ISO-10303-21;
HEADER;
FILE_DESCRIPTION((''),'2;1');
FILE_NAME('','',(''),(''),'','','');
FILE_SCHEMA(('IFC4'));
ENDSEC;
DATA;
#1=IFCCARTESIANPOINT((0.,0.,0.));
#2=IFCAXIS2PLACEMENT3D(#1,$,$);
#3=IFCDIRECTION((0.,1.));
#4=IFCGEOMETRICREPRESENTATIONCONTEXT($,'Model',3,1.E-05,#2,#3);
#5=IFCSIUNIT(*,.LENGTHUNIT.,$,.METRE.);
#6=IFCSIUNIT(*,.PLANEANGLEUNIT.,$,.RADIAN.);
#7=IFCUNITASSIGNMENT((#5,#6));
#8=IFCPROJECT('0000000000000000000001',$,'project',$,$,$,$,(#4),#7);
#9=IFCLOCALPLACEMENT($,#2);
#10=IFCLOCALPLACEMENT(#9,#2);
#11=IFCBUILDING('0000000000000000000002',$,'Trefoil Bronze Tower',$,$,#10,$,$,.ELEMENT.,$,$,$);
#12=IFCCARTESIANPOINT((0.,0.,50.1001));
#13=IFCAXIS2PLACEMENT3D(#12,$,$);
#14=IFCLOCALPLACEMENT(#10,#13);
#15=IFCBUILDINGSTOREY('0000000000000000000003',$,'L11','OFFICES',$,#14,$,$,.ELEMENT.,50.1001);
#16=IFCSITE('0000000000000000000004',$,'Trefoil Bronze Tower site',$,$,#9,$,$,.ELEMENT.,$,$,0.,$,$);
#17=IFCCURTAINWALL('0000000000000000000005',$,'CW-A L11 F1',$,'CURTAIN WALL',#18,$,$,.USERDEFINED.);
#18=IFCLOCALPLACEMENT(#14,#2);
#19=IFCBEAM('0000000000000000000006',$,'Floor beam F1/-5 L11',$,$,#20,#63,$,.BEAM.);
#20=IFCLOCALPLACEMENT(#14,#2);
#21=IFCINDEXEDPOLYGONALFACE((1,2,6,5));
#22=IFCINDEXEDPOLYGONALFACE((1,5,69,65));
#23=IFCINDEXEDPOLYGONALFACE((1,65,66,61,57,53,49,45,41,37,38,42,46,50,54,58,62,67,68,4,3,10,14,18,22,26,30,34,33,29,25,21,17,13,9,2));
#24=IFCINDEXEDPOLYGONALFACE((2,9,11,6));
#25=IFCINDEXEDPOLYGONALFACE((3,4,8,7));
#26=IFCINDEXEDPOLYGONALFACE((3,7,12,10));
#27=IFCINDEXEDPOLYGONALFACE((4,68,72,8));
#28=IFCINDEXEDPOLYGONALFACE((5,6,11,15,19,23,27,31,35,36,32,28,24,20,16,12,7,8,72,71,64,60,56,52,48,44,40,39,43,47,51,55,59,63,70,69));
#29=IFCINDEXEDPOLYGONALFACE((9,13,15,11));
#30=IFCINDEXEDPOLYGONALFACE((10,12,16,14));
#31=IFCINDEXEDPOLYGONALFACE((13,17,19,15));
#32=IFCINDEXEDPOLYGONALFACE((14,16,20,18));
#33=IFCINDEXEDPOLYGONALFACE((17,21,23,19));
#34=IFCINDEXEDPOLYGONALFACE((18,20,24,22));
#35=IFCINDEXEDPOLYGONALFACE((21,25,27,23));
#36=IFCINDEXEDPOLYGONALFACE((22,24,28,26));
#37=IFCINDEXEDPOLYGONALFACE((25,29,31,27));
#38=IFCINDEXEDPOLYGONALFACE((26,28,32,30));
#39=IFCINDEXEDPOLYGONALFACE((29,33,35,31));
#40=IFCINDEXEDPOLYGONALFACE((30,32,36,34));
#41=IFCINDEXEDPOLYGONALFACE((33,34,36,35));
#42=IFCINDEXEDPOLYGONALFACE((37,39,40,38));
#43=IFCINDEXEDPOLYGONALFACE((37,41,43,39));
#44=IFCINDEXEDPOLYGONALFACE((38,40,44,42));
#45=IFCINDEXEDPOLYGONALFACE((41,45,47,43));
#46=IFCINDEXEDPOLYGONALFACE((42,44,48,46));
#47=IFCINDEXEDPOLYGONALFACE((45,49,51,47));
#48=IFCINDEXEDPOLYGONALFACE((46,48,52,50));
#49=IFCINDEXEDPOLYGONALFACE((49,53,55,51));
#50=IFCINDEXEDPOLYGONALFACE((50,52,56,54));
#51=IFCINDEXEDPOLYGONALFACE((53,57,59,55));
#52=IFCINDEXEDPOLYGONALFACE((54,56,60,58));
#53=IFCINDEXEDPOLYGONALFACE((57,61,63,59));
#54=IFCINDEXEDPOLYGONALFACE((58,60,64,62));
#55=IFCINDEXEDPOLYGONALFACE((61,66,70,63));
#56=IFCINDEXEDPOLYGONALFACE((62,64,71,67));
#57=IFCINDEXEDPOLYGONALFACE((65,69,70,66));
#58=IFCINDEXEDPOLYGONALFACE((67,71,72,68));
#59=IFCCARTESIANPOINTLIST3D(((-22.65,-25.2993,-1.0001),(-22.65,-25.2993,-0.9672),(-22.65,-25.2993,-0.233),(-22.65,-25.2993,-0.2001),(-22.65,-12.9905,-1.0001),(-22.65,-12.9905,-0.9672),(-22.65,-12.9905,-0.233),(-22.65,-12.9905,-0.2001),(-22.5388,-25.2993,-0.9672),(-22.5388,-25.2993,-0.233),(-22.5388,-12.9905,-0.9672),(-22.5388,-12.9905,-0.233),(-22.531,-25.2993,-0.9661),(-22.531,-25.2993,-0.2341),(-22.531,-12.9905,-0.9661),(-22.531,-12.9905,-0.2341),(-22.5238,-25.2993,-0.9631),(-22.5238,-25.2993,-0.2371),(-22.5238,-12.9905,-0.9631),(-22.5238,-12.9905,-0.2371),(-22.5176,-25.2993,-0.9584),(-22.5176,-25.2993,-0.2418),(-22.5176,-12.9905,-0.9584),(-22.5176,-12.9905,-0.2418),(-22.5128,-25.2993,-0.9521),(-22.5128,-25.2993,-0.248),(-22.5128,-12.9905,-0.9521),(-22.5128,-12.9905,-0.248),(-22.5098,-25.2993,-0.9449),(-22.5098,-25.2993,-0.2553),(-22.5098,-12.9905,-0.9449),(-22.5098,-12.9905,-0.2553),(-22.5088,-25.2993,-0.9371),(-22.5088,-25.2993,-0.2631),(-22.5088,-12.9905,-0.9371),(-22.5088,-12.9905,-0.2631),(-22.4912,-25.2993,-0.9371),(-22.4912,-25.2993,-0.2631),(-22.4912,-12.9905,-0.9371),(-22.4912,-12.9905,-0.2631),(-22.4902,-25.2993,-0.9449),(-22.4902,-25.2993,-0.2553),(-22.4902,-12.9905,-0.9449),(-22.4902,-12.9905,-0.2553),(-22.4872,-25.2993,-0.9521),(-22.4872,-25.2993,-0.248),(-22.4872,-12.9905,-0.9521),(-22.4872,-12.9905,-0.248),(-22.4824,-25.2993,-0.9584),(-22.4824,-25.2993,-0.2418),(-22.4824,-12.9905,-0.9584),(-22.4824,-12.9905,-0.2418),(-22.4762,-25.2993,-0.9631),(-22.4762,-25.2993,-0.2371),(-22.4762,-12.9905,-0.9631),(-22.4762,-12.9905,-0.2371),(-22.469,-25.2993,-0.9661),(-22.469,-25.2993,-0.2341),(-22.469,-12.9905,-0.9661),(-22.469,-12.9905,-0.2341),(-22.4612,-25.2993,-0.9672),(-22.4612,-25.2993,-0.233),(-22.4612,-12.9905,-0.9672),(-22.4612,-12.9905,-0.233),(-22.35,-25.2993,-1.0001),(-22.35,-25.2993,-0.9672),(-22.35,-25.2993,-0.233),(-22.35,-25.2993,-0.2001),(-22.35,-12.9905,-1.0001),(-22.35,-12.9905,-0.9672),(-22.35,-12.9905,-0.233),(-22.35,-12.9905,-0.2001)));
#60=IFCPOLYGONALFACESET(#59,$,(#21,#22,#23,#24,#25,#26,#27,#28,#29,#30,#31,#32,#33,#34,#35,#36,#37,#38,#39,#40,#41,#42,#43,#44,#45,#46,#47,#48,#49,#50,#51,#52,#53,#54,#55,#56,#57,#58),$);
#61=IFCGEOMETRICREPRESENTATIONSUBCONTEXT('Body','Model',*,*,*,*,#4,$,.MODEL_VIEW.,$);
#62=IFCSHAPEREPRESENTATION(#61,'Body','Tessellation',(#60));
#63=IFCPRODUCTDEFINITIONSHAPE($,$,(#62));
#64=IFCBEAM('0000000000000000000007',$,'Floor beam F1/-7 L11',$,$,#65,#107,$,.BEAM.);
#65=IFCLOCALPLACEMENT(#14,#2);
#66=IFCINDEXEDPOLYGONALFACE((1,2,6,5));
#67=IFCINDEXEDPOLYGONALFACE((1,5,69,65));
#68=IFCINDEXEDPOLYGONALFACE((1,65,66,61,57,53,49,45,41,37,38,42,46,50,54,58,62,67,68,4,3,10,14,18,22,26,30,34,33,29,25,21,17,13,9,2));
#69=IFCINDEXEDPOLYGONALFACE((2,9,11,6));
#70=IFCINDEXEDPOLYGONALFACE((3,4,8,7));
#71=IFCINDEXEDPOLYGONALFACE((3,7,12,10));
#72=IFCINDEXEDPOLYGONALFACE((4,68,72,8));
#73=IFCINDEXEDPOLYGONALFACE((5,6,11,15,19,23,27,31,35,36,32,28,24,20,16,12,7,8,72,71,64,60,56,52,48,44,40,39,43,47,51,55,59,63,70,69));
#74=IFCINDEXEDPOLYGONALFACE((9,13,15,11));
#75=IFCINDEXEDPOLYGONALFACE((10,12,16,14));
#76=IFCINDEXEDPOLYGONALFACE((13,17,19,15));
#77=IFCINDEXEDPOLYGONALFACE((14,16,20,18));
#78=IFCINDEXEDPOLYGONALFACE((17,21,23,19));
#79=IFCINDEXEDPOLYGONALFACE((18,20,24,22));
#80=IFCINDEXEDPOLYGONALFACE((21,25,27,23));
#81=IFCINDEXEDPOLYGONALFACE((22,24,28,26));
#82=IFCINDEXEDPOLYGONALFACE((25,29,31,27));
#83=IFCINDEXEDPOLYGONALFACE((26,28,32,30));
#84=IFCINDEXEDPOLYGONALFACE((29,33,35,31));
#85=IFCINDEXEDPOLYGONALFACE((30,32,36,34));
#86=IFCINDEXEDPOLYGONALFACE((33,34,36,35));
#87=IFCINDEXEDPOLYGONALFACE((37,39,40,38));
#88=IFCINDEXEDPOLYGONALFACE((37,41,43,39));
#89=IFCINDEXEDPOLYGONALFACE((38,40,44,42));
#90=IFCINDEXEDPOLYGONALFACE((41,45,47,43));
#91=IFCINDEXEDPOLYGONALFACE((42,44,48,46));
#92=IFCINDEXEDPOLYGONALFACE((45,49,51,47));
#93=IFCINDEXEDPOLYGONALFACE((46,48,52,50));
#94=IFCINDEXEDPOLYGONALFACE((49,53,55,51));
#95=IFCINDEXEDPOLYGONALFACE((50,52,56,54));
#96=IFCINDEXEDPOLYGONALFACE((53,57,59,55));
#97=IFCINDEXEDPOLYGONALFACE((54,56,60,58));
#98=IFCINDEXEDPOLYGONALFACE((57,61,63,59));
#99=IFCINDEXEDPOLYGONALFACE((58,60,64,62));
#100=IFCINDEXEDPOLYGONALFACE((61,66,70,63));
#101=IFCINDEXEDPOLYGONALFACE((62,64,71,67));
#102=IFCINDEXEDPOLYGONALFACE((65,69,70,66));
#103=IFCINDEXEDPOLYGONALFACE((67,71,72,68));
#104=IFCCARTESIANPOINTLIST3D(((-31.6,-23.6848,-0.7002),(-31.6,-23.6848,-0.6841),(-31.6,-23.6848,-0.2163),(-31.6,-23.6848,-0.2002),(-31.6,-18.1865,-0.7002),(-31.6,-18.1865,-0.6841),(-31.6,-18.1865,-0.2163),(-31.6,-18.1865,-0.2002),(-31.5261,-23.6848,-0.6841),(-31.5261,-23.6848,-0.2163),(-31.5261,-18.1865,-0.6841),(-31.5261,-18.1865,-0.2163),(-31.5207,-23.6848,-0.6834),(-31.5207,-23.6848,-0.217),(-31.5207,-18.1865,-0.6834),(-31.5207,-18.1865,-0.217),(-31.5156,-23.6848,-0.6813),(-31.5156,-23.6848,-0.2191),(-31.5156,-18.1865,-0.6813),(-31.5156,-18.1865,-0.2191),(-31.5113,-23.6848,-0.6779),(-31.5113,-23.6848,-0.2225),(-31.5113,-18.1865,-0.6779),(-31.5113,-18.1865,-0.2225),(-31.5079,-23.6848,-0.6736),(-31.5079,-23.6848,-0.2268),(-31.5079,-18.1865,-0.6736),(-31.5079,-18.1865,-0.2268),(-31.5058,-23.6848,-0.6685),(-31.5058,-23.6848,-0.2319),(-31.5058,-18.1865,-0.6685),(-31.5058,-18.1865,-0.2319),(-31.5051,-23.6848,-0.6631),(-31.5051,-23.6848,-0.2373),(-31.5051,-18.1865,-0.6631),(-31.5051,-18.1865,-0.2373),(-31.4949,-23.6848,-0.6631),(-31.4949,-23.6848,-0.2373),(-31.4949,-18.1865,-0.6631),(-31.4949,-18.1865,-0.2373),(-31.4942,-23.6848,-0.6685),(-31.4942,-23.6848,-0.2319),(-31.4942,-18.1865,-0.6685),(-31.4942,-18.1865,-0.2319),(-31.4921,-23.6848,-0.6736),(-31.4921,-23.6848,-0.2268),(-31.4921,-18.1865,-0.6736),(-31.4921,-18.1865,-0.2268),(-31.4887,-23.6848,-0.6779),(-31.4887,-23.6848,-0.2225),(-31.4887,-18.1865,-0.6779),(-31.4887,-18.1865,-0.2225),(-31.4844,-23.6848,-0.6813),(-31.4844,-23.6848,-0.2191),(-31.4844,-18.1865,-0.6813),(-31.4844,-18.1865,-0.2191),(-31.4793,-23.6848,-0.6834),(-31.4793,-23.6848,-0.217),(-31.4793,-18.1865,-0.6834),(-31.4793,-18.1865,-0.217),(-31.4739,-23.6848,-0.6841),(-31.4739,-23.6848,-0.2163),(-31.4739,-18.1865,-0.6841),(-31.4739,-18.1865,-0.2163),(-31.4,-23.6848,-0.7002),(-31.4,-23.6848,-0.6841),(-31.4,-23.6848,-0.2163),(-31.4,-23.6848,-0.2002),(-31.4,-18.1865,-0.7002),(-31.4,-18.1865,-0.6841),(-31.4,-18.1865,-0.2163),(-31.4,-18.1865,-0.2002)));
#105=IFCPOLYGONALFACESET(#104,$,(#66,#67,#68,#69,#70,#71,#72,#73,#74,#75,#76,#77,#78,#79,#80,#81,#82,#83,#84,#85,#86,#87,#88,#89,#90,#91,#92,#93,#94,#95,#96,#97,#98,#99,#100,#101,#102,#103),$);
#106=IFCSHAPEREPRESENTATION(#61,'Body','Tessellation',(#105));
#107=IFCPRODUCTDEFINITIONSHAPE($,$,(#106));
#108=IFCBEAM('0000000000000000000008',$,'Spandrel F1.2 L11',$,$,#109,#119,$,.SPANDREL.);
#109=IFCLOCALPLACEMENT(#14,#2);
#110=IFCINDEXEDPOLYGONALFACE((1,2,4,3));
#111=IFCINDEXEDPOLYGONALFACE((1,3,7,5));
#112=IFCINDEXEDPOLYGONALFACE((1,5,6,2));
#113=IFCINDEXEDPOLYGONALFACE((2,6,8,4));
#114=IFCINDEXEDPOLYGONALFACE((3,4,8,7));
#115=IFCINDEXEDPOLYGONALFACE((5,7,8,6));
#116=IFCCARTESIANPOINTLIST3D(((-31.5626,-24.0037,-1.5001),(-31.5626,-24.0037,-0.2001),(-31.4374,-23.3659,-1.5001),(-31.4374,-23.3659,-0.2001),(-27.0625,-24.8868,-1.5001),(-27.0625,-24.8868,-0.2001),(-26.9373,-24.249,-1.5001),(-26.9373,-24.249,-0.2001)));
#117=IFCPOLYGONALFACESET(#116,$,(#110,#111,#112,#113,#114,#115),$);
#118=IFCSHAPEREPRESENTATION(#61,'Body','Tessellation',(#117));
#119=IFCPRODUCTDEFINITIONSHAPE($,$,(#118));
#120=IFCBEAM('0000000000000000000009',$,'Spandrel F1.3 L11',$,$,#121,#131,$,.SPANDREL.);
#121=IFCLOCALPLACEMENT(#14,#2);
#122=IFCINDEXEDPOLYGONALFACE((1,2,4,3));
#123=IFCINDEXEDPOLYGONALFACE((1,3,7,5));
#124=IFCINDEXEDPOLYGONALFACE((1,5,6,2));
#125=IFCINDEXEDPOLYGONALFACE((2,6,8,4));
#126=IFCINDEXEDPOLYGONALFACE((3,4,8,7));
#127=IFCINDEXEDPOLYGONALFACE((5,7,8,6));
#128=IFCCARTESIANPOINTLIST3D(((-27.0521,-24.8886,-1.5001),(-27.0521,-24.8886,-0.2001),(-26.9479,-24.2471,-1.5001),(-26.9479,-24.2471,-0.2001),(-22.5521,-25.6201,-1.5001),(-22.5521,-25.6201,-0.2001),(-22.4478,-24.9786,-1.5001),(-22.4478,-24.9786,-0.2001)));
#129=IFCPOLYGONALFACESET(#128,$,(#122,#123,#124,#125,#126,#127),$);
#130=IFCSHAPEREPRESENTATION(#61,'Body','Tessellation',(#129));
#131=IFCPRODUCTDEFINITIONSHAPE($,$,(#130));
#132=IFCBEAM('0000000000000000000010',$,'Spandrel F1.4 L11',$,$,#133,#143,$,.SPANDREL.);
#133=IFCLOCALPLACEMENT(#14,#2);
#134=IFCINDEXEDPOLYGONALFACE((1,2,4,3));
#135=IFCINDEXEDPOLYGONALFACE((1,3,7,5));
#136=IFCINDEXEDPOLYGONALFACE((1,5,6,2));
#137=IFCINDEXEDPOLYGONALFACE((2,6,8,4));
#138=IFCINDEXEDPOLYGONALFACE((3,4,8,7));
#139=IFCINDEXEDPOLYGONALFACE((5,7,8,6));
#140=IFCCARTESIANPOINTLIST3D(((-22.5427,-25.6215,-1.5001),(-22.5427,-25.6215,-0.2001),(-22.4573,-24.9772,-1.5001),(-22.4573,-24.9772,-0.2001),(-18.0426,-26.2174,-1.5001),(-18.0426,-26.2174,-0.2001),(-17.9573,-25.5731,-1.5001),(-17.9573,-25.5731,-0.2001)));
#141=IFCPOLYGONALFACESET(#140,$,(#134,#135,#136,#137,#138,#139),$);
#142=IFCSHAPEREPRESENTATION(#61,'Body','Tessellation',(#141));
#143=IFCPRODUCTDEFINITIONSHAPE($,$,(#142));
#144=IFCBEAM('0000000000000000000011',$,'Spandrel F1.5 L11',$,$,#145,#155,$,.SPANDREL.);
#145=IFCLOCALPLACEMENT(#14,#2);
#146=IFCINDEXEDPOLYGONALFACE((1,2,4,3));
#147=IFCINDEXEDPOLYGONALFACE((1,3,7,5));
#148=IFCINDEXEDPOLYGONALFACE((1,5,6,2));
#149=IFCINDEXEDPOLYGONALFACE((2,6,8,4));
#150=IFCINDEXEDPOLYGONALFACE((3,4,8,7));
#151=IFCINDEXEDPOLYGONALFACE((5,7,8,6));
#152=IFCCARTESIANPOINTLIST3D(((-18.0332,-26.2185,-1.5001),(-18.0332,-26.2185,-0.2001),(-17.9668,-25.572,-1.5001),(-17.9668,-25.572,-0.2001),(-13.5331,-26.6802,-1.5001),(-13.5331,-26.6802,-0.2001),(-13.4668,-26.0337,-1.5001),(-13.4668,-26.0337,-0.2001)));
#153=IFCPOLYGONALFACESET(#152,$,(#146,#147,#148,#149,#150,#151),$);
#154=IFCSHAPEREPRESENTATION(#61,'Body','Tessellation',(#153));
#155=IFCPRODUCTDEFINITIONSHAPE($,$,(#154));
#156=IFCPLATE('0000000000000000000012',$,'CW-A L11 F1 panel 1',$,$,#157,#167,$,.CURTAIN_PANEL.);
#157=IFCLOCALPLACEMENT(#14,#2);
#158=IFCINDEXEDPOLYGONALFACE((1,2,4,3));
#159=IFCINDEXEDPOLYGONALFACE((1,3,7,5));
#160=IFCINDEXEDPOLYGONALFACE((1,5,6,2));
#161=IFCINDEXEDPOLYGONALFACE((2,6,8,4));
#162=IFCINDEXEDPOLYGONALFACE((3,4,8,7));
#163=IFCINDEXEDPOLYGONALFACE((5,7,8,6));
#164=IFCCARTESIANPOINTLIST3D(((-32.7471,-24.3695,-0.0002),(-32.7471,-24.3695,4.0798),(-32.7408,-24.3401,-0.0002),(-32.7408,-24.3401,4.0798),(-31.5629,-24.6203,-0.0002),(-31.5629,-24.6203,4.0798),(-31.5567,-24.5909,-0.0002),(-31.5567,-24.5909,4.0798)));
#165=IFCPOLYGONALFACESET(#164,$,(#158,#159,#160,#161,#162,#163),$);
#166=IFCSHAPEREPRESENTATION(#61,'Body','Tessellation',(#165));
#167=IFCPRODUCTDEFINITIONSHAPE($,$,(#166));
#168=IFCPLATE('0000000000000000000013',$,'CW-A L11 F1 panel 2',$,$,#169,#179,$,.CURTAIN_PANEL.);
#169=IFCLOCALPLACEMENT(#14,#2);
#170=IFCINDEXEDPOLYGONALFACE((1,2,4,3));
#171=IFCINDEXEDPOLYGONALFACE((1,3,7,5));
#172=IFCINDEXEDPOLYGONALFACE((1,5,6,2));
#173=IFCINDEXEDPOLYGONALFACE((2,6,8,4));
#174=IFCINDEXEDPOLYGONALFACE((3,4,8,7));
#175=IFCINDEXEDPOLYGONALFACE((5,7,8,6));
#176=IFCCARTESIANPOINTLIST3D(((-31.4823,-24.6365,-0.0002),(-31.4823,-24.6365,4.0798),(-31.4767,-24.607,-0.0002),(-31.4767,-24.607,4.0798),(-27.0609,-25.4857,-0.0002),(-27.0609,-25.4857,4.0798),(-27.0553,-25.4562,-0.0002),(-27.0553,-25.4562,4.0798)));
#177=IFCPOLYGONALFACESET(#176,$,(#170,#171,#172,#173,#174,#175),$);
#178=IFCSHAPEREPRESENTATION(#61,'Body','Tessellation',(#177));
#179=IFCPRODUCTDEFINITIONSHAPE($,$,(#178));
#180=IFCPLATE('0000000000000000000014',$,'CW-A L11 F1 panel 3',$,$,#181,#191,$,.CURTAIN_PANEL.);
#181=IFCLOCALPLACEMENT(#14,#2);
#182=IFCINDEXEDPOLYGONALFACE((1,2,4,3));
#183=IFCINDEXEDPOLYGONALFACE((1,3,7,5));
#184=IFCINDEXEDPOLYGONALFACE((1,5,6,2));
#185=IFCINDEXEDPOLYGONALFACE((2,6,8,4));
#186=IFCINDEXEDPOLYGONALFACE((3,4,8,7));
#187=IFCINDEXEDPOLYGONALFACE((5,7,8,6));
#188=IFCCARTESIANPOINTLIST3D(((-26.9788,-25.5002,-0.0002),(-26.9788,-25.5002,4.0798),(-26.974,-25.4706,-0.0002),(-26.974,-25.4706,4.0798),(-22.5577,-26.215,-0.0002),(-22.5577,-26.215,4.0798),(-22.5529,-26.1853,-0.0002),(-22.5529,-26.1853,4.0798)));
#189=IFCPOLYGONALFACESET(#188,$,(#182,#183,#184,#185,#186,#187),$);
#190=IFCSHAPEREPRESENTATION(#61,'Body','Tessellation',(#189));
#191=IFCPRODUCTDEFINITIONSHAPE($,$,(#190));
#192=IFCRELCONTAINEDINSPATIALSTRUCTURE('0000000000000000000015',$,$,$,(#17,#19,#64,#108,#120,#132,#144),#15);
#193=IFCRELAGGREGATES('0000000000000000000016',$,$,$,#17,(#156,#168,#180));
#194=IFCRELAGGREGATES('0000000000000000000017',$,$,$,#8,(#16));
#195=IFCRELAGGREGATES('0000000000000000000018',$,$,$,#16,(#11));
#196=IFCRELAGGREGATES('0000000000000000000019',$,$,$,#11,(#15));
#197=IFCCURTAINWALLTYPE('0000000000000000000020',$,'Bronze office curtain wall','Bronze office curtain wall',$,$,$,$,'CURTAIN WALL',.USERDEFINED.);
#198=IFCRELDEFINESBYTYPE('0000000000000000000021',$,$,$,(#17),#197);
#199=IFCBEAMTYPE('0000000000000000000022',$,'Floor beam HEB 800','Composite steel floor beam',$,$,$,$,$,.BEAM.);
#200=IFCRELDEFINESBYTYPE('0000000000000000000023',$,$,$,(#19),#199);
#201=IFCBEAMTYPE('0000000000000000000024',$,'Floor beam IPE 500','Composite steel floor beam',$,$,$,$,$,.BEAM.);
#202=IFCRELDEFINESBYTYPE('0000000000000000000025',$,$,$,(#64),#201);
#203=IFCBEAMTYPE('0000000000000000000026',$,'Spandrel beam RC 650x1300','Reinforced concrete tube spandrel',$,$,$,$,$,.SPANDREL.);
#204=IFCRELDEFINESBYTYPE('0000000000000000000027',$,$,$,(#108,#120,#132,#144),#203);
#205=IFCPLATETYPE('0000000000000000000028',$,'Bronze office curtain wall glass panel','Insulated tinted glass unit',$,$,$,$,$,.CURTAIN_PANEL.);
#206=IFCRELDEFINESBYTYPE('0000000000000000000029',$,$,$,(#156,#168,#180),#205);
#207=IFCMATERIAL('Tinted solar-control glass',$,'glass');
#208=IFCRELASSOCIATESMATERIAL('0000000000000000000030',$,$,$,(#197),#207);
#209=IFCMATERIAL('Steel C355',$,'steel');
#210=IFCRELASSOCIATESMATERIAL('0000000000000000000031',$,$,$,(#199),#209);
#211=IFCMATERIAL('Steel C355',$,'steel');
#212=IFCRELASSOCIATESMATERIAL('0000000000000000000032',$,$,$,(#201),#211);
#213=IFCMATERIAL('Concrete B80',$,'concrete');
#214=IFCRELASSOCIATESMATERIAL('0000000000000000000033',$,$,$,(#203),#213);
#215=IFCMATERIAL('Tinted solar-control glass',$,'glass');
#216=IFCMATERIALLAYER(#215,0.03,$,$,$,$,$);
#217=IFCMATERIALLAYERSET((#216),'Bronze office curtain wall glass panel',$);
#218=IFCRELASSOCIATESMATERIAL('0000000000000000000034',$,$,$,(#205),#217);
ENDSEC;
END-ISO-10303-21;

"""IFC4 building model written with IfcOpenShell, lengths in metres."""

from ifc_helpers import new_model, si_unit, direction, frame, origin, origin_2d, place, context, subcontext, project, spatial, rectangle, i_section, extrude, material, layer, layer_set, material_profile, profile_set, type_object, element, aggregate, save


model = new_model("IFC4")

# Units and contexts
model_context = context("Model", 3, precision=1e-05, world=origin(), true_north=direction((0.0, 1.0)))
body_context = subcontext(model_context, "Body", "Model", "MODEL_VIEW")
ifc_project = project(units=[si_unit("LENGTHUNIT", "METRE"), si_unit("PLANEANGLEUNIT", "RADIAN")], contexts=[model_context])

# Site, building, storey
site_placement = place(None, origin())
site = spatial("IfcSite", under=ifc_project, at=site_placement, Name="Trefoil Bronze Tower site", CompositionType="ELEMENT", RefElevation=0.0)
building_placement = place(site_placement, origin())
building = spatial("IfcBuilding", under=site, at=building_placement, Name="Trefoil Bronze Tower", CompositionType="ELEMENT")
storey_placement = place(building_placement, frame((0.0, 0.0, 50.1001)))
storey = spatial("IfcBuildingStorey", under=building, at=storey_placement, Name="L11", Description="OFFICES", CompositionType="ELEMENT", Elevation=50.1001)

# Curtain wall
ifc_material_1 = material(Name="Tinted solar-control glass", Category="glass")
curtain_wall_type_1 = type_object("IfcCurtainWallType", Name="Bronze office curtain wall", Description="Bronze office curtain wall", ElementType="CURTAIN WALL", PredefinedType="USERDEFINED", material=ifc_material_1)
curtain_wall_1_placement = place(storey_placement, origin())
curtain_wall_1 = element("IfcCurtainWall", 1, at=curtain_wall_1_placement, inside=storey, type_object=curtain_wall_type_1, Name="CW-A L11 F1", ObjectType="CURTAIN WALL", PredefinedType="USERDEFINED")

# Beams
ifc_material_2 = material(Name="Steel C355", Category="steel")
ifc_material_profile_1 = material_profile(ifc_material_2, i_section(OverallWidth=0.3, OverallDepth=0.8, WebThickness=0.0176, FlangeThickness=0.033, FilletRadius=0.03, at=origin_2d()), Name="HEB 800")
ifc_profile_set_1 = profile_set([ifc_material_profile_1], Name="Steel C355")
beam_type_1 = type_object("IfcBeamType", Name="Floor beam HEB 800", Description="Composite steel floor beam", PredefinedType="BEAM", material=ifc_profile_set_1)
beam_1_placement = place(storey_placement, frame((-22.5, -25.2993, -0.6001), z_axis=(0.0, 1.0, 0.0), x_axis=(-1.0, 0.0, 0.0)))
element("IfcBeam", 2, at=beam_1_placement, inside=storey, type_object=beam_type_1, Name="Floor beam F1/-5 L11", PredefinedType="BEAM", context=body_context, shape_type="SweptSolid", body=[
    extrude(i_section(OverallWidth=0.3, OverallDepth=0.8, WebThickness=0.0176, FlangeThickness=0.033, FilletRadius=0.03, at=origin_2d()), origin(), (0.0, 0.0, 1.0), 12.3088),
])
ifc_material_3 = material(Name="Steel C355", Category="steel")
ifc_material_profile_2 = material_profile(ifc_material_3, i_section(OverallWidth=0.2, OverallDepth=0.5, WebThickness=0.0103, FlangeThickness=0.0161, FilletRadius=0.021, at=origin_2d()), Name="IPE 500")
ifc_profile_set_2 = profile_set([ifc_material_profile_2], Name="Steel C355")
beam_type_2 = type_object("IfcBeamType", Name="Floor beam IPE 500", Description="Composite steel floor beam", PredefinedType="BEAM", material=ifc_profile_set_2)
beam_2_placement = place(storey_placement, frame((-31.5, -23.6848, -0.4502), z_axis=(0.0, 1.0, 0.0), x_axis=(-1.0, 0.0, 0.0)))
element("IfcBeam", 3, at=beam_2_placement, inside=storey, type_object=beam_type_2, Name="Floor beam F1/-7 L11", PredefinedType="BEAM", context=body_context, shape_type="SweptSolid", body=[
    extrude(i_section(OverallWidth=0.2, OverallDepth=0.5, WebThickness=0.0103, FlangeThickness=0.0161, FilletRadius=0.021, at=origin_2d()), origin(), (0.0, 0.0, 1.0), 5.4983),
])
ifc_material_4 = material(Name="Concrete B80", Category="concrete")
ifc_material_profile_3 = material_profile(ifc_material_4, rectangle(XDim=0.6499, YDim=1.3, at=origin_2d()), Name="RC 650x1300")
ifc_profile_set_3 = profile_set([ifc_material_profile_3], Name="Concrete B80")
beam_type_3 = type_object("IfcBeamType", Name="Spandrel beam RC 650x1300", Description="Reinforced concrete tube spandrel", PredefinedType="SPANDREL", material=ifc_profile_set_3)
beam_3_placement = place(storey_placement, frame((-31.5, -23.6848, -0.8501), z_axis=(0.981285, -0.192562, 0.0), x_axis=(0.192562, 0.981285, 0.0)))
element("IfcBeam", 4, at=beam_3_placement, inside=storey, type_object=beam_type_3, Name="Spandrel F1.2 L11", PredefinedType="SPANDREL", context=body_context, shape_type="SweptSolid", body=[
    extrude(rectangle(XDim=0.6499, YDim=1.3, at=origin_2d()), origin(), (0.0, 0.0, 1.0), 4.5859),
])
beam_4_placement = place(storey_placement, frame((-27.0, -24.5679, -0.8501), z_axis=(0.987046, -0.160438, 0.0), x_axis=(0.160438, 0.987046, 0.0)))
element("IfcBeam", 5, at=beam_4_placement, inside=storey, type_object=beam_type_3, Name="Spandrel F1.3 L11", PredefinedType="SPANDREL", context=body_context, shape_type="SweptSolid", body=[
    extrude(rectangle(XDim=0.6499, YDim=1.3, at=origin_2d()), origin(), (0.0, 0.0, 1.0), 4.5591),
])
beam_5_placement = place(storey_placement, frame((-22.5, -25.2993, -0.8501), z_axis=(0.991344, -0.131286, 0.0), x_axis=(0.131286, 0.991344, 0.0)))
element("IfcBeam", 6, at=beam_5_placement, inside=storey, type_object=beam_type_3, Name="Spandrel F1.4 L11", PredefinedType="SPANDREL", context=body_context, shape_type="SweptSolid", body=[
    extrude(rectangle(XDim=0.6499, YDim=1.3, at=origin_2d()), origin(), (0.0, 0.0, 1.0), 4.5393),
])
beam_6_placement = place(storey_placement, frame((-18.0, -25.8953, -0.8501), z_axis=(0.994778, -0.102058, 0.0), x_axis=(0.102058, 0.994778, 0.0)))
element("IfcBeam", 7, at=beam_6_placement, inside=storey, type_object=beam_type_3, Name="Spandrel F1.5 L11", PredefinedType="SPANDREL", context=body_context, shape_type="SweptSolid", body=[
    extrude(rectangle(XDim=0.6499, YDim=1.3, at=origin_2d()), origin(), (0.0, 0.0, 1.0), 4.5237),
])

# Plates
ifc_material_5 = material(Name="Tinted solar-control glass", Category="glass")
ifc_layer_1 = layer(ifc_material_5, 0.03)
ifc_layer_set_1 = layer_set([ifc_layer_1], Name="Bronze office curtain wall glass panel")
plate_type_1 = type_object("IfcPlateType", Name="Bronze office curtain wall glass panel", Description="Insulated tinted glass unit", PredefinedType="CURTAIN_PANEL", material=ifc_layer_set_1)
plate_1_placement = place(storey_placement, frame((-32.1519, -24.4802, -0.0002), z_axis=(0.0, 0.0, 1.0), x_axis=(0.978303, -0.207181, 0.0)))
plate_1 = element("IfcPlate", 8, at=plate_1_placement, type_object=plate_type_1, Name="CW-A L11 F1 panel 1", PredefinedType="CURTAIN_PANEL", context=body_context, shape_type="SweptSolid", body=[
    extrude(rectangle(XDim=1.2104, YDim=0.03, at=origin_2d()), origin(), (0.0, 0.0, 1.0), 4.0801),
])
plate_2_placement = place(storey_placement, frame((-29.2688, -25.0464, -0.0002), z_axis=(0.0, 0.0, 1.0), x_axis=(0.98205, -0.188622, 0.0)))
plate_2 = element("IfcPlate", 9, at=plate_2_placement, type_object=plate_type_1, Name="CW-A L11 F1 panel 2", PredefinedType="CURTAIN_PANEL", context=body_context, shape_type="SweptSolid", body=[
    extrude(rectangle(XDim=4.5022, YDim=0.03, at=origin_2d()), origin(), (0.0, 0.0, 1.0), 4.0801),
])
plate_3_placement = place(storey_placement, frame((-24.7659, -25.8428, -0.0002), z_axis=(0.0, 0.0, 1.0), x_axis=(0.987181, -0.159603, 0.0)))
plate_3 = element("IfcPlate", 10, at=plate_3_placement, type_object=plate_type_1, Name="CW-A L11 F1 panel 3", PredefinedType="CURTAIN_PANEL", context=body_context, shape_type="SweptSolid", body=[
    extrude(rectangle(XDim=4.4785, YDim=0.03, at=origin_2d()), origin(), (0.0, 0.0, 1.0), 4.0801),
])
aggregate(curtain_wall_1, [plate_1, plate_2, plate_3])

save(model, "model.ifc")
